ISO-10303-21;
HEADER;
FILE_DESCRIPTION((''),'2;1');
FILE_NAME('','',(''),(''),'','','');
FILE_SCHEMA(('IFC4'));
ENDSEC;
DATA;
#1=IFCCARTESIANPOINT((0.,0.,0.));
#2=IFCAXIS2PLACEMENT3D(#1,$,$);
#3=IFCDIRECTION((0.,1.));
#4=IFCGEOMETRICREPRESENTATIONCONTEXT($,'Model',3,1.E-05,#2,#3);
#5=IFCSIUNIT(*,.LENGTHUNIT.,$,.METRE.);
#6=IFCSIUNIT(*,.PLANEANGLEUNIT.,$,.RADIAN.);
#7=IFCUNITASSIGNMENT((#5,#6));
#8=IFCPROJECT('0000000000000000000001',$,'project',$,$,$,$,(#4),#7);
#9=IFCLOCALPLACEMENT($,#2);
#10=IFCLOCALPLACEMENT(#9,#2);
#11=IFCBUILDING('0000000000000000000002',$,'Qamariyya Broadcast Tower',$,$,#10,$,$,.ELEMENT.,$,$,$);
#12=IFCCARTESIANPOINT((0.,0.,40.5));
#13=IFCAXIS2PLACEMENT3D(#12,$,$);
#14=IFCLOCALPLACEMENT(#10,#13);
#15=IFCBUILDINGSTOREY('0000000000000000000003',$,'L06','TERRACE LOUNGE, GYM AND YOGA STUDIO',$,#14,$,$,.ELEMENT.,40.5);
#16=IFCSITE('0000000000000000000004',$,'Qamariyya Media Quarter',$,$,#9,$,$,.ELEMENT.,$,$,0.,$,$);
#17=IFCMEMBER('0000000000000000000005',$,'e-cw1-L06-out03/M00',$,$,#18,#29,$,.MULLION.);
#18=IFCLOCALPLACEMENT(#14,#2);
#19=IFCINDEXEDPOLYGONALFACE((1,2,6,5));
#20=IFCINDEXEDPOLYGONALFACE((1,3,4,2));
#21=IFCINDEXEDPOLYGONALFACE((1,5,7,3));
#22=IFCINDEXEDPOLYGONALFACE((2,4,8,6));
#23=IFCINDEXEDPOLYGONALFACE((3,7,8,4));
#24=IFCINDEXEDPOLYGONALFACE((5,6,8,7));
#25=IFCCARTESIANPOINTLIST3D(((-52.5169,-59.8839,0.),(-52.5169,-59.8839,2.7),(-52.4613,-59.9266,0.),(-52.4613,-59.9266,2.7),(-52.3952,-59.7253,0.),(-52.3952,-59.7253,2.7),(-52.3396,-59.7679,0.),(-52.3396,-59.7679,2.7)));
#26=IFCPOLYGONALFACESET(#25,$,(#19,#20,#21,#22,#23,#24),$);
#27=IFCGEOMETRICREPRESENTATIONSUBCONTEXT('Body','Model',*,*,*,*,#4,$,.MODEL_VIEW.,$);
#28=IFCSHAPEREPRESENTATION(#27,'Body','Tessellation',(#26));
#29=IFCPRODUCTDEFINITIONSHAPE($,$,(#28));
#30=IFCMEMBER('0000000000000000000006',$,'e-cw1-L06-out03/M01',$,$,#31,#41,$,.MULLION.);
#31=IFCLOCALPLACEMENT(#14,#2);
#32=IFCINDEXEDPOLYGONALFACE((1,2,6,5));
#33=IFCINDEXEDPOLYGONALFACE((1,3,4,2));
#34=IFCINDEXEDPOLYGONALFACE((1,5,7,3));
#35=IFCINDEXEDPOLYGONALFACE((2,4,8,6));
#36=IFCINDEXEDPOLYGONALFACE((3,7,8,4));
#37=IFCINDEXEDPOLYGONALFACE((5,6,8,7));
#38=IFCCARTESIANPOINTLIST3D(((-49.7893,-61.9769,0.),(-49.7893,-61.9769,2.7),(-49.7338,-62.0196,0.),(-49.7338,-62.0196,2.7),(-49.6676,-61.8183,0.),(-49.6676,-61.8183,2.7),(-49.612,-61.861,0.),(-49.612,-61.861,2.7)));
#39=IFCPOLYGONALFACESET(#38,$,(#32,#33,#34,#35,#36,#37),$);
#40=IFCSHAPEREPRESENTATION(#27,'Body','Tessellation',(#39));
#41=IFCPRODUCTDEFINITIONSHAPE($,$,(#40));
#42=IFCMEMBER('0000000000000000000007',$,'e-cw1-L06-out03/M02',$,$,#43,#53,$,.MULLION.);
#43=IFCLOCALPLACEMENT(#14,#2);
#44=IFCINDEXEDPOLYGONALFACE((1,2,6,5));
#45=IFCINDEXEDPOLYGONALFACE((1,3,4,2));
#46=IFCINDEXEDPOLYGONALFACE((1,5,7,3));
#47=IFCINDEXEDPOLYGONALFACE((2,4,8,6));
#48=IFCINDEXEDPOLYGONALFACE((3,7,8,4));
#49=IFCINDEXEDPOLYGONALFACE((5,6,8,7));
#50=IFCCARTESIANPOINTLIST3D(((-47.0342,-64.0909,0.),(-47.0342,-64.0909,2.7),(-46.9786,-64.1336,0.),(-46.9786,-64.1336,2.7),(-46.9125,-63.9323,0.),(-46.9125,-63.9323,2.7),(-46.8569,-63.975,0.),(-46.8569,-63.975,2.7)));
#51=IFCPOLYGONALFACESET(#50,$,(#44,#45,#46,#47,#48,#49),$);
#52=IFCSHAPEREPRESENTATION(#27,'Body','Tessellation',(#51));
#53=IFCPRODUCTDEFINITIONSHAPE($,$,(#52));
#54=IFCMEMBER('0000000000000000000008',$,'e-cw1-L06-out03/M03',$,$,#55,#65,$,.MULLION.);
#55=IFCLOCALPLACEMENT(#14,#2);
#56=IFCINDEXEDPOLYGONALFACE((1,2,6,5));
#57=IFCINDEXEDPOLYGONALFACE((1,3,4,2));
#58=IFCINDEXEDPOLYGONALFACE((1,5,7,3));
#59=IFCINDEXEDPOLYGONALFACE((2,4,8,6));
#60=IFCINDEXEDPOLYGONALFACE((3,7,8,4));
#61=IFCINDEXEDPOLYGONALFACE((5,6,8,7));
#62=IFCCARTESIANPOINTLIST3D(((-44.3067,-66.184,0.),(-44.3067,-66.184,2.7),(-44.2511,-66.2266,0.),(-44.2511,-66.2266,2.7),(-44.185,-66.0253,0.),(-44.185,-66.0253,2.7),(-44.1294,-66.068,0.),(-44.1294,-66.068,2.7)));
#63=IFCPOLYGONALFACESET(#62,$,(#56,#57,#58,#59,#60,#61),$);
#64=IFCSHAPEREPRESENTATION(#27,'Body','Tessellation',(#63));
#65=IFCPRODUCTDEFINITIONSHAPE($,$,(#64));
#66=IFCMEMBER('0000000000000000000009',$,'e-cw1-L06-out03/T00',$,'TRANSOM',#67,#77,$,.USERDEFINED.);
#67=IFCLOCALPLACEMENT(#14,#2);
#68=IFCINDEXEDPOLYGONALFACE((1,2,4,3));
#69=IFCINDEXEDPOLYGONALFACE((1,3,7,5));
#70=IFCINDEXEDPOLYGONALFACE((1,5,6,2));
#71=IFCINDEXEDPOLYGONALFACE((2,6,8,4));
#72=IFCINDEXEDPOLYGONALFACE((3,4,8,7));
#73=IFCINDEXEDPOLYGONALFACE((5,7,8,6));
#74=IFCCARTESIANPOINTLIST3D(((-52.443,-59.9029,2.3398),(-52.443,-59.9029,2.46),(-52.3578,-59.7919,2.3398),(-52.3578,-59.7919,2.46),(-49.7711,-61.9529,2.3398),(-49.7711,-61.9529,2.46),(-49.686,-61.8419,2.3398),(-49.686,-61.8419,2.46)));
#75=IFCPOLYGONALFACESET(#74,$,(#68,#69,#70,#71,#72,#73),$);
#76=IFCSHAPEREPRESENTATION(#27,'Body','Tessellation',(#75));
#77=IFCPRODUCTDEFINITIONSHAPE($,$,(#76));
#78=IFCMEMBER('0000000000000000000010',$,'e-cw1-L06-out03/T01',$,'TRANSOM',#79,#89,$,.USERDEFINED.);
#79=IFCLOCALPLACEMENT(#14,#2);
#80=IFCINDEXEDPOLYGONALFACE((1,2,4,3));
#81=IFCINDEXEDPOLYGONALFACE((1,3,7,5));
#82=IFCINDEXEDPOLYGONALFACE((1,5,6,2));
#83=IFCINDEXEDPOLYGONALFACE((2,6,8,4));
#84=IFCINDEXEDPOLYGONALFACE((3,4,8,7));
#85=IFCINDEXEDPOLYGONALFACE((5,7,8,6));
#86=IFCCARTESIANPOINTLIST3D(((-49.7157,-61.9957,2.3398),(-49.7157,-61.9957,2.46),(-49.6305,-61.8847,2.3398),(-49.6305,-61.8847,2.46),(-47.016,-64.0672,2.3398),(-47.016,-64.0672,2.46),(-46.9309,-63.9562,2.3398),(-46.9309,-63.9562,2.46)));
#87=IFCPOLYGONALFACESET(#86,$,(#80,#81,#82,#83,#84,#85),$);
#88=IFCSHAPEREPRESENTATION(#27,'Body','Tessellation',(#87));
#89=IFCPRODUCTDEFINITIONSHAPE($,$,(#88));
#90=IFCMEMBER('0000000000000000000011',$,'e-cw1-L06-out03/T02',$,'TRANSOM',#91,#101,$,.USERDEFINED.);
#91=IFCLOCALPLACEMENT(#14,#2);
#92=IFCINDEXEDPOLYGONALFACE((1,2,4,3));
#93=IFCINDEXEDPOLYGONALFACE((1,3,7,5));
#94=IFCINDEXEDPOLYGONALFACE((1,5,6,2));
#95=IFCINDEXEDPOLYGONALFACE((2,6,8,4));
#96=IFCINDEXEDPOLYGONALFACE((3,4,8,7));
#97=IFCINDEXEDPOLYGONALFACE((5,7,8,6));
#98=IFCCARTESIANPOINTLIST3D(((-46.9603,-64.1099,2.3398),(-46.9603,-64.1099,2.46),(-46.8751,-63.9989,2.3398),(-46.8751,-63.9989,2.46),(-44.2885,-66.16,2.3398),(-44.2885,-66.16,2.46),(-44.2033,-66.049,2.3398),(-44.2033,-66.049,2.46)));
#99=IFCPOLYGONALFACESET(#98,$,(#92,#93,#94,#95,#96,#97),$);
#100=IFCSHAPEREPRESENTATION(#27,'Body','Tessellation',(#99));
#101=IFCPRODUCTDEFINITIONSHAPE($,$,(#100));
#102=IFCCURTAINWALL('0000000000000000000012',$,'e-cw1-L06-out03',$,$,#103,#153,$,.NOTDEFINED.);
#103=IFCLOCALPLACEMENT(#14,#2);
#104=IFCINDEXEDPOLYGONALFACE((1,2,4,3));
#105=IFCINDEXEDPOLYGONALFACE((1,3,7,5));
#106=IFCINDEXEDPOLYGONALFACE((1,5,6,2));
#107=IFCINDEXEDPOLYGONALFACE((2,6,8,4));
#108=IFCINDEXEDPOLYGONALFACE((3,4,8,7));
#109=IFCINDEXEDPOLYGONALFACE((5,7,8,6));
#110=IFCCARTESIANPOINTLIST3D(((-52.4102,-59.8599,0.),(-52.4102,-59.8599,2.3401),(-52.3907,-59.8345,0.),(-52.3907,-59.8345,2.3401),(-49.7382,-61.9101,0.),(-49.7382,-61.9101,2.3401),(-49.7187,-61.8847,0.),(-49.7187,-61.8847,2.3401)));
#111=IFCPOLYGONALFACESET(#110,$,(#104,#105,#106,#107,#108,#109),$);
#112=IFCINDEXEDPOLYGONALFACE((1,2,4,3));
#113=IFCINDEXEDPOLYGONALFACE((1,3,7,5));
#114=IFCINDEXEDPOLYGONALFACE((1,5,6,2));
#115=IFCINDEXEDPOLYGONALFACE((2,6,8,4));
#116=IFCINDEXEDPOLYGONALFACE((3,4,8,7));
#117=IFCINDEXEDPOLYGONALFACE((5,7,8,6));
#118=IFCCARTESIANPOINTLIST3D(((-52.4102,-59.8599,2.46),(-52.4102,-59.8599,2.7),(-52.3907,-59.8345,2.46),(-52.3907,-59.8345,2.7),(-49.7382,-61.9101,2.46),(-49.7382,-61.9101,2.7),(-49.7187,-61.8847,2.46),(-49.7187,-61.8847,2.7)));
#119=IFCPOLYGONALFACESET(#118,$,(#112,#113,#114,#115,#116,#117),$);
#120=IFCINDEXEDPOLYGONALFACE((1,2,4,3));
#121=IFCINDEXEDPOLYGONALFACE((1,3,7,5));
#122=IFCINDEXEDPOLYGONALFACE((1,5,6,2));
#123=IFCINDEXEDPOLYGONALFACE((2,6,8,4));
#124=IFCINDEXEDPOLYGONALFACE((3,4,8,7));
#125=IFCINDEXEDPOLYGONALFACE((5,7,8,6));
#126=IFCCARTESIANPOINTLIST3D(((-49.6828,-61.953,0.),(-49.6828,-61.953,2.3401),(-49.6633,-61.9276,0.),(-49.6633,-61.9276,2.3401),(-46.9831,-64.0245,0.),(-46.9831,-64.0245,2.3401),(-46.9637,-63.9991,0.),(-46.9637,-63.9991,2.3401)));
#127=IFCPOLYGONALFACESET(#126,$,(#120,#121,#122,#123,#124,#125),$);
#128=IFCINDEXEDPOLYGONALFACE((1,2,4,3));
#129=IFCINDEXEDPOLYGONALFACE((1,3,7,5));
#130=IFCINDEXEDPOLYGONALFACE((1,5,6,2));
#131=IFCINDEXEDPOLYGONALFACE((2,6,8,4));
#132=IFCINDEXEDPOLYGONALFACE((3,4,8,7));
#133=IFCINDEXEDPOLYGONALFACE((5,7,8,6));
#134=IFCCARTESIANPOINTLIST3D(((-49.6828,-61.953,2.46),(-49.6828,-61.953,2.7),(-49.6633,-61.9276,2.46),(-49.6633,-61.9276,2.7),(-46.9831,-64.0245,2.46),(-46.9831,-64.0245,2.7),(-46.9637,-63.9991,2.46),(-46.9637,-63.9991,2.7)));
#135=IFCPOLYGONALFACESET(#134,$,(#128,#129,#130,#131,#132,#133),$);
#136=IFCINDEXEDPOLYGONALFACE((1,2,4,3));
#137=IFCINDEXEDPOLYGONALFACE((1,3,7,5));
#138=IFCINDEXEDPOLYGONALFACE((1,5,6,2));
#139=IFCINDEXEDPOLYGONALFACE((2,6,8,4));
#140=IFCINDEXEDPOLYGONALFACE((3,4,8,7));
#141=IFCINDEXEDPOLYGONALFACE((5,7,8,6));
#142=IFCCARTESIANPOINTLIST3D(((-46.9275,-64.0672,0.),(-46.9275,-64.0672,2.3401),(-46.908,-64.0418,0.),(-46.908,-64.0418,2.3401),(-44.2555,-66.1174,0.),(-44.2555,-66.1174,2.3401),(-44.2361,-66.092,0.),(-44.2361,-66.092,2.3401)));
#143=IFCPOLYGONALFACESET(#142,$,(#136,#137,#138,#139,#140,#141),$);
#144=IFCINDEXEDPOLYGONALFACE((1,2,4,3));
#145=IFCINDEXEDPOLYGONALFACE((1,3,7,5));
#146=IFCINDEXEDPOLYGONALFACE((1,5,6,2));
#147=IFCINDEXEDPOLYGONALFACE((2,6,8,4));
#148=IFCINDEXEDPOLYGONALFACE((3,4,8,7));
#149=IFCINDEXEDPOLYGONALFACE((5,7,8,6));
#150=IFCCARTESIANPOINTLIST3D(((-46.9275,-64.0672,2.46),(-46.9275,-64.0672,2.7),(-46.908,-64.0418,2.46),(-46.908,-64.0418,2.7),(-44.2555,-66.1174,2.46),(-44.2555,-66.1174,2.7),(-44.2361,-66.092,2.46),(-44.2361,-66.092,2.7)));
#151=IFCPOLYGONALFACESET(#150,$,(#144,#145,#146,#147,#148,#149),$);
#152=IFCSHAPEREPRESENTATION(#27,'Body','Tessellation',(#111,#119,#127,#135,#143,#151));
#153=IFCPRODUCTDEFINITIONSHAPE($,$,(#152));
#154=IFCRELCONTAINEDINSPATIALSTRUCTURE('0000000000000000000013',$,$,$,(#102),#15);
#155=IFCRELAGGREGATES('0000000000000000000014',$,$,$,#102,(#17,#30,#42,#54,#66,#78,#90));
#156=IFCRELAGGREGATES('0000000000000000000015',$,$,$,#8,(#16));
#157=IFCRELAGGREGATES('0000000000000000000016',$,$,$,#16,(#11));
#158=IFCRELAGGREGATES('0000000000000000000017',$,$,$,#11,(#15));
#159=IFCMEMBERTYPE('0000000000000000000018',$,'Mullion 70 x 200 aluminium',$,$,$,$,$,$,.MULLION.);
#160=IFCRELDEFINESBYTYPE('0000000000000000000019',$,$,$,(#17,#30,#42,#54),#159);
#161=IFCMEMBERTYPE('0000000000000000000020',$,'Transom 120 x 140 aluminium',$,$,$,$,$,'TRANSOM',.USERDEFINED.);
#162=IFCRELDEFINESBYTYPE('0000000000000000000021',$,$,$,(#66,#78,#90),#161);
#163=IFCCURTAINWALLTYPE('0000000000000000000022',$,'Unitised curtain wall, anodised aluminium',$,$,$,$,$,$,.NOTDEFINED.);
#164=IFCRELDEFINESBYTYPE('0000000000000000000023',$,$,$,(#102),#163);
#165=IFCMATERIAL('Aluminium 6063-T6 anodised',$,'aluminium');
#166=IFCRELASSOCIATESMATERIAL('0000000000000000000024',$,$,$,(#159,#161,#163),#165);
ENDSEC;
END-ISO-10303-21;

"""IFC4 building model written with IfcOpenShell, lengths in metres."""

from ifc_helpers import new_model, si_unit, direction, frame, origin, origin_2d, place, context, subcontext, project, spatial, rectangle, extrude, material, material_profile, profile_set, type_object, element, aggregate, save


model = new_model("IFC4")

# Units and contexts
model_context = context("Model", 3, precision=1e-05, world=origin(), true_north=direction((0.0, 1.0)))
body_context = subcontext(model_context, "Body", "Model", "MODEL_VIEW")
ifc_project = project(units=[si_unit("LENGTHUNIT", "METRE"), si_unit("PLANEANGLEUNIT", "RADIAN")], contexts=[model_context])

# Members
ifc_material = material(Name="Aluminium 6063-T6 anodised", Category="aluminium")
ifc_material_profile_1 = material_profile(ifc_material, rectangle(XDim=0.2, YDim=0.0701, at=origin_2d()))
ifc_profile_set_1 = profile_set([ifc_material_profile_1], Name="Aluminium 6063-T6 anodised")
member_type_1 = type_object("IfcMemberType", Name="Mullion 70 x 200 aluminium", PredefinedType="MULLION", material=ifc_profile_set_1)
site_placement = place(None, origin())
building_placement = place(site_placement, origin())
storey_placement = place(building_placement, frame((0.0, 0.0, 40.5)))
member_1_placement = place(storey_placement, frame((-52.4282, -59.8259, 0.0), z_axis=(0.0, 0.0, 1.0), x_axis=(0.608761, 0.793353, 0.0)))
member_1 = element("IfcMember", 1, at=member_1_placement, type_object=member_type_1, Name="e-cw1-L06-out03/M00", PredefinedType="MULLION", context=body_context, shape_type="SweptSolid", body=[
    extrude(rectangle(XDim=0.2, YDim=0.0701, at=origin_2d()), origin(), (0.0, 0.0, 1.0), 2.7),
])
member_2_placement = place(storey_placement, frame((-49.7007, -61.9189, 0.0), z_axis=(0.0, 0.0, 1.0), x_axis=(0.608761, 0.793353, 0.0)))
member_2 = element("IfcMember", 2, at=member_2_placement, type_object=member_type_1, Name="e-cw1-L06-out03/M01", PredefinedType="MULLION", context=body_context, shape_type="SweptSolid", body=[
    extrude(rectangle(XDim=0.2, YDim=0.0701, at=origin_2d()), origin(), (0.0, 0.0, 1.0), 2.7),
])
member_3_placement = place(storey_placement, frame((-46.9456, -64.033, 0.0), z_axis=(0.0, 0.0, 1.0), x_axis=(0.608761, 0.793353, 0.0)))
member_3 = element("IfcMember", 3, at=member_3_placement, type_object=member_type_1, Name="e-cw1-L06-out03/M02", PredefinedType="MULLION", context=body_context, shape_type="SweptSolid", body=[
    extrude(rectangle(XDim=0.2, YDim=0.0701, at=origin_2d()), origin(), (0.0, 0.0, 1.0), 2.7),
])
member_4_placement = place(storey_placement, frame((-44.218, -66.126, 0.0), z_axis=(0.0, 0.0, 1.0), x_axis=(0.608761, 0.793353, 0.0)))
member_4 = element("IfcMember", 4, at=member_4_placement, type_object=member_type_1, Name="e-cw1-L06-out03/M03", PredefinedType="MULLION", context=body_context, shape_type="SweptSolid", body=[
    extrude(rectangle(XDim=0.2, YDim=0.0701, at=origin_2d()), origin(), (0.0, 0.0, 1.0), 2.7),
])
ifc_material_profile_2 = material_profile(ifc_material, rectangle(XDim=0.1399, YDim=0.1201, at=origin_2d()))
ifc_profile_set_2 = profile_set([ifc_material_profile_2], Name="Aluminium 6063-T6 anodised")
member_type_2 = type_object("IfcMemberType", Name="Transom 120 x 140 aluminium", ElementType="TRANSOM", PredefinedType="USERDEFINED", material=ifc_profile_set_2)
member_5_placement = place(storey_placement, frame((-52.4004, -59.8474, 2.3999), z_axis=(0.793375, -0.608733, 0.0), x_axis=(0.608733, 0.793375, 0.0)))
member_5 = element("IfcMember", 5, at=member_5_placement, type_object=member_type_2, Name="e-cw1-L06-out03/T00", ObjectType="TRANSOM", PredefinedType="USERDEFINED", context=body_context, shape_type="SweptSolid", body=[
    extrude(rectangle(XDim=0.1399, YDim=0.1201, at=origin_2d()), origin(), (0.0, 0.0, 1.0), 3.3677),
])
member_6_placement = place(storey_placement, frame((-49.6731, -61.9402, 2.3999), z_axis=(0.793357, -0.608757, 0.0), x_axis=(0.608757, 0.793357, 0.0)))
member_6 = element("IfcMember", 6, at=member_6_placement, type_object=member_type_2, Name="e-cw1-L06-out03/T01", ObjectType="TRANSOM", PredefinedType="USERDEFINED", context=body_context, shape_type="SweptSolid", body=[
    extrude(rectangle(XDim=0.1399, YDim=0.1201, at=origin_2d()), origin(), (0.0, 0.0, 1.0), 3.4028),
])
member_7_placement = place(storey_placement, frame((-46.9177, -64.0544, 2.3999), z_axis=(0.793375, -0.608733, 0.0), x_axis=(0.608733, 0.793375, 0.0)))
member_7 = element("IfcMember", 7, at=member_7_placement, type_object=member_type_2, Name="e-cw1-L06-out03/T02", ObjectType="TRANSOM", PredefinedType="USERDEFINED", context=body_context, shape_type="SweptSolid", body=[
    extrude(rectangle(XDim=0.1399, YDim=0.1201, at=origin_2d()), origin(), (0.0, 0.0, 1.0), 3.3677),
])

# Site, building, storey
site = spatial("IfcSite", under=ifc_project, at=site_placement, Name="Qamariyya Media Quarter", CompositionType="ELEMENT", RefElevation=0.0)
building = spatial("IfcBuilding", under=site, at=building_placement, Name="Qamariyya Broadcast Tower", CompositionType="ELEMENT")
storey = spatial("IfcBuildingStorey", under=building, at=storey_placement, Name="L06", Description="TERRACE LOUNGE, GYM AND YOGA STUDIO", CompositionType="ELEMENT", Elevation=40.5)

# Curtain wall
curtain_wall_type = type_object("IfcCurtainWallType", Name="Unitised curtain wall, anodised aluminium", PredefinedType="NOTDEFINED", material=ifc_material)
curtain_wall_1_placement = place(storey_placement, origin())
curtain_wall_1 = element("IfcCurtainWall", 8, at=curtain_wall_1_placement, inside=storey, type_object=curtain_wall_type, Name="e-cw1-L06-out03", PredefinedType="NOTDEFINED", context=body_context, shape_type="SweptSolid", body=[
    extrude(rectangle(XDim=3.3679, YDim=0.032, at=origin_2d()), frame((-51.0645, -60.8723, 0.0), x_axis=(0.793358, -0.608756, 0.0)), (0.0, 0.0, 1.0), 2.3401),
    extrude(rectangle(XDim=3.3679, YDim=0.032, at=origin_2d()), frame((-51.0645, -60.8723, 2.46), x_axis=(0.793358, -0.608756, 0.0)), (0.0, 0.0, 1.0), 0.24),
    extrude(rectangle(XDim=3.4028, YDim=0.032, at=origin_2d()), frame((-48.3232, -62.9761, 0.0), x_axis=(0.793358, -0.608756, 0.0)), (0.0, 0.0, 1.0), 2.3401),
    extrude(rectangle(XDim=3.4028, YDim=0.032, at=origin_2d()), frame((-48.3232, -62.9761, 2.46), x_axis=(0.793358, -0.608756, 0.0)), (0.0, 0.0, 1.0), 0.24),
    extrude(rectangle(XDim=3.3679, YDim=0.032, at=origin_2d()), frame((-45.5818, -65.0796, 0.0), x_axis=(0.793358, -0.608756, 0.0)), (0.0, 0.0, 1.0), 2.3401),
    extrude(rectangle(XDim=3.3679, YDim=0.032, at=origin_2d()), frame((-45.5818, -65.0796, 2.46), x_axis=(0.793358, -0.608756, 0.0)), (0.0, 0.0, 1.0), 0.24),
])
aggregate(curtain_wall_1, [member_1, member_2, member_3, member_4, member_5, member_6, member_7])

save(model, "model.ifc")
